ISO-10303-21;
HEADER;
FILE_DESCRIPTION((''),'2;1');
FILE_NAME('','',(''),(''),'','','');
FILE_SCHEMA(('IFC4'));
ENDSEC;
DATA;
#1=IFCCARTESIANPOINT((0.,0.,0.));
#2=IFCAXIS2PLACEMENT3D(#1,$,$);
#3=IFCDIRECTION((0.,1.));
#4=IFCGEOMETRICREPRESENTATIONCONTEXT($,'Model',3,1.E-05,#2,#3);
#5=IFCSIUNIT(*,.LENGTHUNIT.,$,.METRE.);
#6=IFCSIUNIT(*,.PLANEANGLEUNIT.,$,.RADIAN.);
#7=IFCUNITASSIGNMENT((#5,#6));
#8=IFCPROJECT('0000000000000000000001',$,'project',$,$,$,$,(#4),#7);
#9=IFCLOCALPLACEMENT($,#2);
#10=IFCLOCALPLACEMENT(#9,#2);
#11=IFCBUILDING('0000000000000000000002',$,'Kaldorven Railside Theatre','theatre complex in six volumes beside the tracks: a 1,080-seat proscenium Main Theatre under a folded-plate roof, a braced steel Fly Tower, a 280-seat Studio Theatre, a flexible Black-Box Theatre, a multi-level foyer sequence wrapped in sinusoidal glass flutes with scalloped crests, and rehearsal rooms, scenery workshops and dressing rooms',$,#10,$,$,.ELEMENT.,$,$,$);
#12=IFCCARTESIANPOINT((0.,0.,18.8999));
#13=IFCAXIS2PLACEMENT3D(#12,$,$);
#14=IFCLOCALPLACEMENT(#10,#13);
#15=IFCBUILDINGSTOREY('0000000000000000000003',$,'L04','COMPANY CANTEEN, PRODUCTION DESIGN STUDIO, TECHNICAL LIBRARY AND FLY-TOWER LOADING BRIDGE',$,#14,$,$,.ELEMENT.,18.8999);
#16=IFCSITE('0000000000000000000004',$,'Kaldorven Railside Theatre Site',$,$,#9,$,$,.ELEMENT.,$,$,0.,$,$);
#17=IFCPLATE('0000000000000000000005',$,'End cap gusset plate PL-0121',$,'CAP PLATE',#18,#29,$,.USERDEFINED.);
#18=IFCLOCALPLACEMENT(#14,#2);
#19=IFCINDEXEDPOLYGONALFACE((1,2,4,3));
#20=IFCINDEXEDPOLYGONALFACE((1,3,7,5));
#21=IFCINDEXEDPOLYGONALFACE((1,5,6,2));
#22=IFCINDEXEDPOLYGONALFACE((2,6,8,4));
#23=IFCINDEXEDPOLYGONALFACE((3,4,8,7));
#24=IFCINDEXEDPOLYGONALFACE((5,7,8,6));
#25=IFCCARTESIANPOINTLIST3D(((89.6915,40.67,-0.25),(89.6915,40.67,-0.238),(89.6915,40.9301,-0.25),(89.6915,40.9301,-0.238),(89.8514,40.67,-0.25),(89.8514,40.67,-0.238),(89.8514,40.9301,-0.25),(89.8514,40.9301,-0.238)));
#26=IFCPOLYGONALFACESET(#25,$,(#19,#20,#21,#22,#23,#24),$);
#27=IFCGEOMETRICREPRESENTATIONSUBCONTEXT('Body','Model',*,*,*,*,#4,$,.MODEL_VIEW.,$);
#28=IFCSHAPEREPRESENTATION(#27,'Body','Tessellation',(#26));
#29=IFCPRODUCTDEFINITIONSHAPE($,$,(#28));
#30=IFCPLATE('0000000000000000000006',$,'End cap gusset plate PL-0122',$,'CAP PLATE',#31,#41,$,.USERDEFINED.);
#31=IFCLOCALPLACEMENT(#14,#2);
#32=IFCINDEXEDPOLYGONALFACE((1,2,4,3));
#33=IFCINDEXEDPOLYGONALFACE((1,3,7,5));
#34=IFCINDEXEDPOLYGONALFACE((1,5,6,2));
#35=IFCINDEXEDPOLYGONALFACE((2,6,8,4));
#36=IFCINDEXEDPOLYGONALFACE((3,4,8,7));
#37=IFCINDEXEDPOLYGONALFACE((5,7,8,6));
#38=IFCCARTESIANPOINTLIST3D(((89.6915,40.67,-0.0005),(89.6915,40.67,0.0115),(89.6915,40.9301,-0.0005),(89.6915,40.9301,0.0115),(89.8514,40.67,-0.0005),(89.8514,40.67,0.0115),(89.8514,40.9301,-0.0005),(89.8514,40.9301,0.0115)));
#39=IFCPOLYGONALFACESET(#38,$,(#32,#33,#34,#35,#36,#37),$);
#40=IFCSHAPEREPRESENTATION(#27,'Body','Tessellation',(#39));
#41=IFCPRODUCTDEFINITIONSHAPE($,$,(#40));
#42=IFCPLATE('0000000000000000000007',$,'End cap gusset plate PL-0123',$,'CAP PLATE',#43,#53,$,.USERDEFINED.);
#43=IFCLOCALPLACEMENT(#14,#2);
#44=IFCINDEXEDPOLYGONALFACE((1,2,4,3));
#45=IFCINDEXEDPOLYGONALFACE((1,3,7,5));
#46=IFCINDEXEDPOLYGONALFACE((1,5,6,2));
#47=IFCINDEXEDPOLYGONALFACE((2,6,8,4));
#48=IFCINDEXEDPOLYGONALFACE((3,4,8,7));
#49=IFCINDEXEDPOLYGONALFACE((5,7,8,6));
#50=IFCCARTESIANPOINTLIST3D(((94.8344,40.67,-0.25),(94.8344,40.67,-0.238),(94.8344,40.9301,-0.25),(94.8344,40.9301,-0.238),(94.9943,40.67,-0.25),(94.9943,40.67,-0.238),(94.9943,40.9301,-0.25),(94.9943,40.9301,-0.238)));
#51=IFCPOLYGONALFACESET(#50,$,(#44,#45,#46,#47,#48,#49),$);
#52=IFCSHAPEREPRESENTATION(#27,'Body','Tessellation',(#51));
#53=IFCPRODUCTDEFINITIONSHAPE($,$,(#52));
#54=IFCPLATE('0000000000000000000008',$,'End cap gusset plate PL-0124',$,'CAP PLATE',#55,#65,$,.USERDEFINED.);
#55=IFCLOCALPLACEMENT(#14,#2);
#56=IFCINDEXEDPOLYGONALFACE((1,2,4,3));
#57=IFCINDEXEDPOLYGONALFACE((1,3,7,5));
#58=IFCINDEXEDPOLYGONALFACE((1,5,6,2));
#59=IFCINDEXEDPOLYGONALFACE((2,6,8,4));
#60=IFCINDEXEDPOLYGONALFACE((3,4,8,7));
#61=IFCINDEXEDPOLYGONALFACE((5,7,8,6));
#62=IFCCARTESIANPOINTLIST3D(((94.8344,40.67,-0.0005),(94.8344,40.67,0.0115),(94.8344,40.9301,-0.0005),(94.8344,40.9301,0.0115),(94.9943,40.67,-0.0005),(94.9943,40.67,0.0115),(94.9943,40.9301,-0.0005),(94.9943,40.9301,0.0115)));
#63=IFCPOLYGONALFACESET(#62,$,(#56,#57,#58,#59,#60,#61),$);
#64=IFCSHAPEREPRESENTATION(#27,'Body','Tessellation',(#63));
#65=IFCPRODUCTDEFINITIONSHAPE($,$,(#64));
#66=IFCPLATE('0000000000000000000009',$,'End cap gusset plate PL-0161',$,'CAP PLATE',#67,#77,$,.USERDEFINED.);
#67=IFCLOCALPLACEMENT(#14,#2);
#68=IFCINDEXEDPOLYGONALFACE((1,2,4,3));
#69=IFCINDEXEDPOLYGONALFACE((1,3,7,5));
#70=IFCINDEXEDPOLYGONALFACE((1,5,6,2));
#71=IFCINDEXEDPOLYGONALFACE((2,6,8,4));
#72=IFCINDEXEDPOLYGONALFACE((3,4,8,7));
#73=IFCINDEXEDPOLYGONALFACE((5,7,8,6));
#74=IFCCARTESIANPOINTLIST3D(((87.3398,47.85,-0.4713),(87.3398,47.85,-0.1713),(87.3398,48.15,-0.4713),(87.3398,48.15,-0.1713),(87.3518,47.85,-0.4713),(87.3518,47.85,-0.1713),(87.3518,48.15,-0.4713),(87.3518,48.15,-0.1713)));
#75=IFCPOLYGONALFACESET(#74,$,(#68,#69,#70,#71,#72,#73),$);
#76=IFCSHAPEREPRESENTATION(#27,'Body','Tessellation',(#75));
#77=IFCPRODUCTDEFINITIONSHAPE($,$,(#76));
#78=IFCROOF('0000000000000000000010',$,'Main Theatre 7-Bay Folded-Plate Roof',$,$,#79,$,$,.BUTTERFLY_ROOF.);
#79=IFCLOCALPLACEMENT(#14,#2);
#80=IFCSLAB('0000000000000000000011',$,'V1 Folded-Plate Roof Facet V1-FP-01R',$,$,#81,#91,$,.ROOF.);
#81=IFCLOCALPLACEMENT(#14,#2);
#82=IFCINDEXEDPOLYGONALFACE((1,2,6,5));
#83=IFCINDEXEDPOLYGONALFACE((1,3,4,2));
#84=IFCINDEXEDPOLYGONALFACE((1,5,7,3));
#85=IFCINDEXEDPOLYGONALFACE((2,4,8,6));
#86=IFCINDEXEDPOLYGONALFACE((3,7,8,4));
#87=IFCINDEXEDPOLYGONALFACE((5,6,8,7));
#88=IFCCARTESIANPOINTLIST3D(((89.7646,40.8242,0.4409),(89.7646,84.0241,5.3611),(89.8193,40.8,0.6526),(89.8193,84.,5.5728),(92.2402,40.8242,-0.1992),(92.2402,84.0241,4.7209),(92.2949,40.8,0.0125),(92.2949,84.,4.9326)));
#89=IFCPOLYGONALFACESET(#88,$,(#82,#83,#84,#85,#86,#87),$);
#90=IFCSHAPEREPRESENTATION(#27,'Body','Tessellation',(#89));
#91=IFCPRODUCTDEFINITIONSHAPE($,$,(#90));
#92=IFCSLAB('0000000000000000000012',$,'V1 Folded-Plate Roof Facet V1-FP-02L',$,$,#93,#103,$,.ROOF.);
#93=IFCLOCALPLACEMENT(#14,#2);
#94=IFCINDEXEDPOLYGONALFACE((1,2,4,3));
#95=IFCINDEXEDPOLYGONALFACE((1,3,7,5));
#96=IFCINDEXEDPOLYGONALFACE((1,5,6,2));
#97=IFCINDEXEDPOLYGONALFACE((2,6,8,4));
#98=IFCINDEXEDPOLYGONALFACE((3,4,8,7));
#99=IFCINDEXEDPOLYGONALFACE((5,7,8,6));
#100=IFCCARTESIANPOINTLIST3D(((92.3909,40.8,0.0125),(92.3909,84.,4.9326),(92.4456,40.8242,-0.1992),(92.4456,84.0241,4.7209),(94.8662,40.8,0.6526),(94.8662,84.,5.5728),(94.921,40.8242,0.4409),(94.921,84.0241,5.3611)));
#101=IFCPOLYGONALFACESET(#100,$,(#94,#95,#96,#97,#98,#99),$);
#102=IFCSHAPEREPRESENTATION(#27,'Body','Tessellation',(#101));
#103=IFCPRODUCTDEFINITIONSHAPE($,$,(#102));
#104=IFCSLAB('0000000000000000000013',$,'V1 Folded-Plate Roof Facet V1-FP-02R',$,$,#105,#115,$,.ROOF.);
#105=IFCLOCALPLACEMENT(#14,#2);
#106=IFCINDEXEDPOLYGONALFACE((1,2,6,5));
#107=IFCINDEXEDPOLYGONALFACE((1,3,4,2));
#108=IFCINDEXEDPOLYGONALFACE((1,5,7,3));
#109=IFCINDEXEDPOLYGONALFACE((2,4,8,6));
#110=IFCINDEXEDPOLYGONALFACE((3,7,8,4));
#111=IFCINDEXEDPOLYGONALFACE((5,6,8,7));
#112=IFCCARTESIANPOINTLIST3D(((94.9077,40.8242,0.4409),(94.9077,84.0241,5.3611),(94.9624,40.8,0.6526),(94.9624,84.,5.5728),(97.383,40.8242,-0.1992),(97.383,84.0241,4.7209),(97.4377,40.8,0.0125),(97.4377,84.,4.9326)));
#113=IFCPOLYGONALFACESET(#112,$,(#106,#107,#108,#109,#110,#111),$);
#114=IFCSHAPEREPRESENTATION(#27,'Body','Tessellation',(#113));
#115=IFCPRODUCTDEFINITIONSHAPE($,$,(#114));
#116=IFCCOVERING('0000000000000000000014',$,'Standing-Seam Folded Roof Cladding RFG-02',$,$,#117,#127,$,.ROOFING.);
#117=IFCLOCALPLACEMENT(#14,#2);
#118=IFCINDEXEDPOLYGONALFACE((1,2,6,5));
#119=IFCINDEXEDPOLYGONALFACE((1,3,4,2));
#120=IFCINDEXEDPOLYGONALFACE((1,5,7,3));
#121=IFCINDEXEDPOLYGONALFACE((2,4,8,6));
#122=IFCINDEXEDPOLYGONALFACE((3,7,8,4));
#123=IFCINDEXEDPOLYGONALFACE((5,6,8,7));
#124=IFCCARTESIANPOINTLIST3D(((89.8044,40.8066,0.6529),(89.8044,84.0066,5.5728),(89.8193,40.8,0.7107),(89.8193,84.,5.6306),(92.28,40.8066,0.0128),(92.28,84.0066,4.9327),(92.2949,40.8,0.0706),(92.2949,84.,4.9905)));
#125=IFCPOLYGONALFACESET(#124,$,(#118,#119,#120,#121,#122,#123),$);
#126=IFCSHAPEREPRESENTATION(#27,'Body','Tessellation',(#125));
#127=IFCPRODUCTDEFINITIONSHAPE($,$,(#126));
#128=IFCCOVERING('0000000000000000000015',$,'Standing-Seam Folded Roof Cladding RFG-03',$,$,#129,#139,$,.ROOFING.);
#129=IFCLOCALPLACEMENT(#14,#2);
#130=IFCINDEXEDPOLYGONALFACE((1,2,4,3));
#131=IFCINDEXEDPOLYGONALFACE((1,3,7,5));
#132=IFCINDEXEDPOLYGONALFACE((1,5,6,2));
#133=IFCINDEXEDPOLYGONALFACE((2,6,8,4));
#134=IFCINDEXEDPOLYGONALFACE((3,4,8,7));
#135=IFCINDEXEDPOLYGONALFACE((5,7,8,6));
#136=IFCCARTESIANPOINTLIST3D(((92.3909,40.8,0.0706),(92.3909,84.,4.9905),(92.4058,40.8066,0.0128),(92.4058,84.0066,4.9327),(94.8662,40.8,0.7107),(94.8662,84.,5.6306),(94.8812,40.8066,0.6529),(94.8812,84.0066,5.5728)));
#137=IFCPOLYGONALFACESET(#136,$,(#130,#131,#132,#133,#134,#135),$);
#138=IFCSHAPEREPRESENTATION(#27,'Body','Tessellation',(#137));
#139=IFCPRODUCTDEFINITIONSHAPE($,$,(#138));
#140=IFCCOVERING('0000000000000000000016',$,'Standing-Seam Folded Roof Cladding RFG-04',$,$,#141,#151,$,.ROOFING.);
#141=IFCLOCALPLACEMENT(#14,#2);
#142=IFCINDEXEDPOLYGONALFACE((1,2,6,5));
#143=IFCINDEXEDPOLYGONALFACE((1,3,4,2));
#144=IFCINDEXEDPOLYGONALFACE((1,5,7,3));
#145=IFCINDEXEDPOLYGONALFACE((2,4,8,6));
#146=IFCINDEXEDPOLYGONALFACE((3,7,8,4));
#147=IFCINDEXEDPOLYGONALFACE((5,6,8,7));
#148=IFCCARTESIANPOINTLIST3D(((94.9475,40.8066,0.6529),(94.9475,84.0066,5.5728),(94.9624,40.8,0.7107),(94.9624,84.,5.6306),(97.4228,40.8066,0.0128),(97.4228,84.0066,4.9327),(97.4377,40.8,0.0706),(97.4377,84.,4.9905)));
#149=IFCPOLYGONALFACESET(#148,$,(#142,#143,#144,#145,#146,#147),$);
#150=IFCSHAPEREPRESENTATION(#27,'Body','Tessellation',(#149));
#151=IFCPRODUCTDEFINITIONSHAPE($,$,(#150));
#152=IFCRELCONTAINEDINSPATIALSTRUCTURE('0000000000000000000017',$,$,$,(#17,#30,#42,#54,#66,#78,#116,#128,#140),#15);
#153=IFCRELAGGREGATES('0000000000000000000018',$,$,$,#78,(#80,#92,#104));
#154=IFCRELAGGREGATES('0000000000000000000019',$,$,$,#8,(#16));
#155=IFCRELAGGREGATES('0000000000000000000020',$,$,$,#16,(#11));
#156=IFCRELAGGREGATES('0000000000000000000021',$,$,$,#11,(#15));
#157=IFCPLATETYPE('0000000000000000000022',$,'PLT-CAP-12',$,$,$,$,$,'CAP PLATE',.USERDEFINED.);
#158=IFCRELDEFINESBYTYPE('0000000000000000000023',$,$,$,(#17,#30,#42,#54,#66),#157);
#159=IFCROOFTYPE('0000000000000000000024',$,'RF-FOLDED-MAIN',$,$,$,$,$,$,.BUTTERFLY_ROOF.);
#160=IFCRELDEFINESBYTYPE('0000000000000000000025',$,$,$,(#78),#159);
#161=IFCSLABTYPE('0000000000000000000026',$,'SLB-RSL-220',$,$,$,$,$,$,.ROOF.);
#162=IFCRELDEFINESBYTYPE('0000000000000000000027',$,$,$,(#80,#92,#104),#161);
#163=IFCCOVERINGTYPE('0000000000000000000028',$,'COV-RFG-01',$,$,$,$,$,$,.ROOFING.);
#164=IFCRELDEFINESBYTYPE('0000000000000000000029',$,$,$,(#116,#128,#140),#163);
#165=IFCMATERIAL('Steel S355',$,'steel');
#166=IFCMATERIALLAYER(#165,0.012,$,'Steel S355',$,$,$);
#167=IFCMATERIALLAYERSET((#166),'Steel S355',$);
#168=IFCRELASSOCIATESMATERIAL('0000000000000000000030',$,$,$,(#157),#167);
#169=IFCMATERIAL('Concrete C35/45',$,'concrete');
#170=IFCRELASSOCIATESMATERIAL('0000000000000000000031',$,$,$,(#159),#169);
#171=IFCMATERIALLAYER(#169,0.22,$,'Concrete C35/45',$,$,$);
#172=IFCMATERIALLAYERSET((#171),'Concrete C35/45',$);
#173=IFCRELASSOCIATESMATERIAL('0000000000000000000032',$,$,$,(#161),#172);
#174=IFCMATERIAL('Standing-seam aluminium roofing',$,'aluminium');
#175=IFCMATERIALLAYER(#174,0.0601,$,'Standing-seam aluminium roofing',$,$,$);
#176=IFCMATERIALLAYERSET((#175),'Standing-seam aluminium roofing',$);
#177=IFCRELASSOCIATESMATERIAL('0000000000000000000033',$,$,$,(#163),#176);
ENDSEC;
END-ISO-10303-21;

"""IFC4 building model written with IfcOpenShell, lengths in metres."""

from ifc_helpers import new_model, si_unit, direction, frame, origin, origin_2d, place, context, subcontext, project, spatial, polyline, rectangle, outline, extrude, material, layer, layer_set, type_object, element, aggregate, save


model = new_model("IFC4")

# Units and contexts
model_context = context("Model", 3, precision=1e-05, world=origin(), true_north=direction((0.0, 1.0)))
body_context = subcontext(model_context, "Body", "Model", "MODEL_VIEW")
ifc_project = project(units=[si_unit("LENGTHUNIT", "METRE"), si_unit("PLANEANGLEUNIT", "RADIAN")], contexts=[model_context])

# Site, building, storey
site_placement = place(None, origin())
site = spatial("IfcSite", under=ifc_project, at=site_placement, Name="Kaldorven Railside Theatre Site", CompositionType="ELEMENT", RefElevation=0.0)
building_placement = place(site_placement, origin())
building = spatial("IfcBuilding", under=site, at=building_placement, Name="Kaldorven Railside Theatre", Description="theatre complex in six volumes beside the tracks: a 1,080-seat proscenium Main Theatre under a folded-plate roof, a braced steel Fly Tower, a 280-seat Studio Theatre, a flexible Black-Box Theatre, a multi-level foyer sequence wrapped in sinusoidal glass flutes with scalloped crests, and rehearsal rooms, scenery workshops and dressing rooms", CompositionType="ELEMENT")
storey_placement = place(building_placement, frame((0.0, 0.0, 18.8999)))
storey = spatial("IfcBuildingStorey", under=building, at=storey_placement, Name="L04", Description="COMPANY CANTEEN, PRODUCTION DESIGN STUDIO, TECHNICAL LIBRARY AND FLY-TOWER LOADING BRIDGE", CompositionType="ELEMENT", Elevation=18.8999)

# Shared definitions
ifc_material_1 = material(Name="Steel S355", Category="steel")

# Plates
ifc_layer_1 = layer(ifc_material_1, 0.012, Name="Steel S355")
ifc_layer_set_1 = layer_set([ifc_layer_1], Name="Steel S355")
plate_type = type_object("IfcPlateType", Name="PLT-CAP-12", ElementType="CAP PLATE", PredefinedType="USERDEFINED", material=ifc_layer_set_1)
for number, where, z_axis, x_axis, name in (
    (1, (89.7715, 40.8, -0.25), (0.0, 0.0, 1.0), (1.0, 0.0, 0.0), "End cap gusset plate PL-0121"),
    (2, (89.7715, 40.8, -0.0005), (0.0, 0.0, 1.0), (1.0, 0.0, 0.0), "End cap gusset plate PL-0122"),
    (3, (94.9143, 40.8, -0.25), (0.0, 0.0, 1.0), (1.0, 0.0, 0.0), "End cap gusset plate PL-0123"),
    (4, (94.9143, 40.8, -0.0005), (0.0, 0.0, 1.0), (1.0, 0.0, 0.0), "End cap gusset plate PL-0124"),
):
    element("IfcPlate", number, at=place(storey_placement, frame(where, z_axis=z_axis, x_axis=x_axis)), inside=storey, type_object=plate_type, Name=name, ObjectType="CAP PLATE", PredefinedType="USERDEFINED", context=body_context, shape_type="SweptSolid", body=[
        extrude(rectangle(XDim=0.1599, YDim=0.26, at=origin_2d()), origin(), (0.0, 0.0, 1.0), 0.012),
    ])
plate_placement = place(storey_placement, frame((87.3398, 48.0, -0.3213), z_axis=(1.0, 0.0, 0.0), x_axis=(0.0, 1.0, 0.0)))
element("IfcPlate", 5, at=plate_placement, inside=storey, type_object=plate_type, Name="End cap gusset plate PL-0161", ObjectType="CAP PLATE", PredefinedType="USERDEFINED", context=body_context, shape_type="SweptSolid", body=[
    extrude(rectangle(XDim=0.3, YDim=0.3, at=origin_2d()), origin(), (0.0, 0.0, 1.0), 0.012),
])

# Roof, slabs
ifc_material_2 = material(Name="Concrete C35/45", Category="concrete")
roof_type = type_object("IfcRoofType", Name="RF-FOLDED-MAIN", PredefinedType="BUTTERFLY_ROOF", material=ifc_material_2)
roof_placement = place(storey_placement, origin())
roof = element("IfcRoof", 6, at=roof_placement, inside=storey, type_object=roof_type, Name="Main Theatre 7-Bay Folded-Plate Roof", PredefinedType="BUTTERFLY_ROOF")
ifc_layer_2 = layer(ifc_material_2, 0.22, Name="Concrete C35/45")
ifc_layer_set_2 = layer_set([ifc_layer_2], Name="Concrete C35/45")
slab_type = type_object("IfcSlabType", Name="SLB-RSL-220", PredefinedType="ROOF", material=ifc_layer_set_2)
slab_1_placement = place(storey_placement, frame((89.8193, 40.8, 0.6526), z_axis=(0.248838, -0.109602, 0.962324), x_axis=(0.968156, 0.0, -0.250346)))
slab_1 = element("IfcSlab", 7, at=slab_1_placement, type_object=slab_type, Name="V1 Folded-Plate Roof Facet V1-FP-01R", PredefinedType="ROOF", context=body_context, shape_type="SweptSolid", body=[
    extrude(outline(polyline([(0.0, 0.0), (2.557, 0.0), (1.3253, 43.4618), (-1.2317, 43.4618), (0.0, 0.0)])), origin(), (0.0, 0.0, -1.0), 0.22),
])
slab_2_placement = place(storey_placement, frame((92.3909, 40.8, 0.0125), z_axis=(-0.248861, -0.109601, 0.962318), x_axis=(0.968151, 0.0, 0.250369)))
slab_2 = element("IfcSlab", 8, at=slab_2_placement, type_object=slab_type, Name="V1 Folded-Plate Roof Facet V1-FP-02L", PredefinedType="ROOF", context=body_context, shape_type="SweptSolid", body=[
    extrude(outline(polyline([(0.0, 0.0), (2.5568, 0.0), (3.7886, 43.4618), (1.2319, 43.4618), (0.0, 0.0)])), origin(), (0.0, 0.0, -1.0), 0.22),
])
slab_3_placement = place(storey_placement, frame((94.9624, 40.8, 0.6526), z_axis=(0.248861, -0.109601, 0.962318), x_axis=(0.968151, 0.0, -0.250369)))
slab_3 = element("IfcSlab", 9, at=slab_3_placement, type_object=slab_type, Name="V1 Folded-Plate Roof Facet V1-FP-02R", PredefinedType="ROOF", context=body_context, shape_type="SweptSolid", body=[
    extrude(outline(polyline([(0.0, 0.0), (2.5568, 0.0), (1.3249, 43.4618), (-1.2319, 43.4618), (0.0, 0.0)])), origin(), (0.0, 0.0, -1.0), 0.22),
])
aggregate(roof, [slab_1, slab_2, slab_3])

# Coverings
ifc_material_3 = material(Name="Standing-seam aluminium roofing", Category="aluminium")
ifc_layer_3 = layer(ifc_material_3, 0.0601, Name="Standing-seam aluminium roofing")
ifc_layer_set_3 = layer_set([ifc_layer_3], Name="Standing-seam aluminium roofing")
covering_type = type_object("IfcCoveringType", Name="COV-RFG-01", PredefinedType="ROOFING", material=ifc_layer_set_3)
covering_1_placement = place(storey_placement, frame((89.8193, 40.8, 0.7107), z_axis=(0.248838, -0.109596, 0.962324), x_axis=(0.968156, 0.0, -0.250346)))
element("IfcCovering", 10, at=covering_1_placement, inside=storey, type_object=covering_type, Name="Standing-Seam Folded Roof Cladding RFG-02", PredefinedType="ROOFING", context=body_context, shape_type="SweptSolid", body=[
    extrude(outline(polyline([(0.0, 0.0), (2.557, 0.0), (1.3253, 43.4618), (-1.2317, 43.4618), (0.0, 0.0)])), origin(), (0.0, 0.0, -1.0), 0.0601),
])
covering_2_placement = place(storey_placement, frame((92.3909, 40.8, 0.0706), z_axis=(-0.248861, -0.109596, 0.962319), x_axis=(0.968151, 0.0, 0.250369)))
element("IfcCovering", 11, at=covering_2_placement, inside=storey, type_object=covering_type, Name="Standing-Seam Folded Roof Cladding RFG-03", PredefinedType="ROOFING", context=body_context, shape_type="SweptSolid", body=[
    extrude(outline(polyline([(0.0, 0.0), (2.5568, 0.0), (3.7886, 43.4618), (1.2318, 43.4618), (0.0, 0.0)])), origin(), (0.0, 0.0, -1.0), 0.0601),
])
covering_3_placement = place(storey_placement, frame((94.9624, 40.8, 0.7107), z_axis=(0.248861, -0.109596, 0.962319), x_axis=(0.968151, 0.0, -0.250369)))
element("IfcCovering", 12, at=covering_3_placement, inside=storey, type_object=covering_type, Name="Standing-Seam Folded Roof Cladding RFG-04", PredefinedType="ROOFING", context=body_context, shape_type="SweptSolid", body=[
    extrude(outline(polyline([(0.0, 0.0), (2.5568, 0.0), (1.325, 43.4618), (-1.2318, 43.4618), (0.0, 0.0)])), origin(), (0.0, 0.0, -1.0), 0.0601),
])

save(model, "model.ifc")
